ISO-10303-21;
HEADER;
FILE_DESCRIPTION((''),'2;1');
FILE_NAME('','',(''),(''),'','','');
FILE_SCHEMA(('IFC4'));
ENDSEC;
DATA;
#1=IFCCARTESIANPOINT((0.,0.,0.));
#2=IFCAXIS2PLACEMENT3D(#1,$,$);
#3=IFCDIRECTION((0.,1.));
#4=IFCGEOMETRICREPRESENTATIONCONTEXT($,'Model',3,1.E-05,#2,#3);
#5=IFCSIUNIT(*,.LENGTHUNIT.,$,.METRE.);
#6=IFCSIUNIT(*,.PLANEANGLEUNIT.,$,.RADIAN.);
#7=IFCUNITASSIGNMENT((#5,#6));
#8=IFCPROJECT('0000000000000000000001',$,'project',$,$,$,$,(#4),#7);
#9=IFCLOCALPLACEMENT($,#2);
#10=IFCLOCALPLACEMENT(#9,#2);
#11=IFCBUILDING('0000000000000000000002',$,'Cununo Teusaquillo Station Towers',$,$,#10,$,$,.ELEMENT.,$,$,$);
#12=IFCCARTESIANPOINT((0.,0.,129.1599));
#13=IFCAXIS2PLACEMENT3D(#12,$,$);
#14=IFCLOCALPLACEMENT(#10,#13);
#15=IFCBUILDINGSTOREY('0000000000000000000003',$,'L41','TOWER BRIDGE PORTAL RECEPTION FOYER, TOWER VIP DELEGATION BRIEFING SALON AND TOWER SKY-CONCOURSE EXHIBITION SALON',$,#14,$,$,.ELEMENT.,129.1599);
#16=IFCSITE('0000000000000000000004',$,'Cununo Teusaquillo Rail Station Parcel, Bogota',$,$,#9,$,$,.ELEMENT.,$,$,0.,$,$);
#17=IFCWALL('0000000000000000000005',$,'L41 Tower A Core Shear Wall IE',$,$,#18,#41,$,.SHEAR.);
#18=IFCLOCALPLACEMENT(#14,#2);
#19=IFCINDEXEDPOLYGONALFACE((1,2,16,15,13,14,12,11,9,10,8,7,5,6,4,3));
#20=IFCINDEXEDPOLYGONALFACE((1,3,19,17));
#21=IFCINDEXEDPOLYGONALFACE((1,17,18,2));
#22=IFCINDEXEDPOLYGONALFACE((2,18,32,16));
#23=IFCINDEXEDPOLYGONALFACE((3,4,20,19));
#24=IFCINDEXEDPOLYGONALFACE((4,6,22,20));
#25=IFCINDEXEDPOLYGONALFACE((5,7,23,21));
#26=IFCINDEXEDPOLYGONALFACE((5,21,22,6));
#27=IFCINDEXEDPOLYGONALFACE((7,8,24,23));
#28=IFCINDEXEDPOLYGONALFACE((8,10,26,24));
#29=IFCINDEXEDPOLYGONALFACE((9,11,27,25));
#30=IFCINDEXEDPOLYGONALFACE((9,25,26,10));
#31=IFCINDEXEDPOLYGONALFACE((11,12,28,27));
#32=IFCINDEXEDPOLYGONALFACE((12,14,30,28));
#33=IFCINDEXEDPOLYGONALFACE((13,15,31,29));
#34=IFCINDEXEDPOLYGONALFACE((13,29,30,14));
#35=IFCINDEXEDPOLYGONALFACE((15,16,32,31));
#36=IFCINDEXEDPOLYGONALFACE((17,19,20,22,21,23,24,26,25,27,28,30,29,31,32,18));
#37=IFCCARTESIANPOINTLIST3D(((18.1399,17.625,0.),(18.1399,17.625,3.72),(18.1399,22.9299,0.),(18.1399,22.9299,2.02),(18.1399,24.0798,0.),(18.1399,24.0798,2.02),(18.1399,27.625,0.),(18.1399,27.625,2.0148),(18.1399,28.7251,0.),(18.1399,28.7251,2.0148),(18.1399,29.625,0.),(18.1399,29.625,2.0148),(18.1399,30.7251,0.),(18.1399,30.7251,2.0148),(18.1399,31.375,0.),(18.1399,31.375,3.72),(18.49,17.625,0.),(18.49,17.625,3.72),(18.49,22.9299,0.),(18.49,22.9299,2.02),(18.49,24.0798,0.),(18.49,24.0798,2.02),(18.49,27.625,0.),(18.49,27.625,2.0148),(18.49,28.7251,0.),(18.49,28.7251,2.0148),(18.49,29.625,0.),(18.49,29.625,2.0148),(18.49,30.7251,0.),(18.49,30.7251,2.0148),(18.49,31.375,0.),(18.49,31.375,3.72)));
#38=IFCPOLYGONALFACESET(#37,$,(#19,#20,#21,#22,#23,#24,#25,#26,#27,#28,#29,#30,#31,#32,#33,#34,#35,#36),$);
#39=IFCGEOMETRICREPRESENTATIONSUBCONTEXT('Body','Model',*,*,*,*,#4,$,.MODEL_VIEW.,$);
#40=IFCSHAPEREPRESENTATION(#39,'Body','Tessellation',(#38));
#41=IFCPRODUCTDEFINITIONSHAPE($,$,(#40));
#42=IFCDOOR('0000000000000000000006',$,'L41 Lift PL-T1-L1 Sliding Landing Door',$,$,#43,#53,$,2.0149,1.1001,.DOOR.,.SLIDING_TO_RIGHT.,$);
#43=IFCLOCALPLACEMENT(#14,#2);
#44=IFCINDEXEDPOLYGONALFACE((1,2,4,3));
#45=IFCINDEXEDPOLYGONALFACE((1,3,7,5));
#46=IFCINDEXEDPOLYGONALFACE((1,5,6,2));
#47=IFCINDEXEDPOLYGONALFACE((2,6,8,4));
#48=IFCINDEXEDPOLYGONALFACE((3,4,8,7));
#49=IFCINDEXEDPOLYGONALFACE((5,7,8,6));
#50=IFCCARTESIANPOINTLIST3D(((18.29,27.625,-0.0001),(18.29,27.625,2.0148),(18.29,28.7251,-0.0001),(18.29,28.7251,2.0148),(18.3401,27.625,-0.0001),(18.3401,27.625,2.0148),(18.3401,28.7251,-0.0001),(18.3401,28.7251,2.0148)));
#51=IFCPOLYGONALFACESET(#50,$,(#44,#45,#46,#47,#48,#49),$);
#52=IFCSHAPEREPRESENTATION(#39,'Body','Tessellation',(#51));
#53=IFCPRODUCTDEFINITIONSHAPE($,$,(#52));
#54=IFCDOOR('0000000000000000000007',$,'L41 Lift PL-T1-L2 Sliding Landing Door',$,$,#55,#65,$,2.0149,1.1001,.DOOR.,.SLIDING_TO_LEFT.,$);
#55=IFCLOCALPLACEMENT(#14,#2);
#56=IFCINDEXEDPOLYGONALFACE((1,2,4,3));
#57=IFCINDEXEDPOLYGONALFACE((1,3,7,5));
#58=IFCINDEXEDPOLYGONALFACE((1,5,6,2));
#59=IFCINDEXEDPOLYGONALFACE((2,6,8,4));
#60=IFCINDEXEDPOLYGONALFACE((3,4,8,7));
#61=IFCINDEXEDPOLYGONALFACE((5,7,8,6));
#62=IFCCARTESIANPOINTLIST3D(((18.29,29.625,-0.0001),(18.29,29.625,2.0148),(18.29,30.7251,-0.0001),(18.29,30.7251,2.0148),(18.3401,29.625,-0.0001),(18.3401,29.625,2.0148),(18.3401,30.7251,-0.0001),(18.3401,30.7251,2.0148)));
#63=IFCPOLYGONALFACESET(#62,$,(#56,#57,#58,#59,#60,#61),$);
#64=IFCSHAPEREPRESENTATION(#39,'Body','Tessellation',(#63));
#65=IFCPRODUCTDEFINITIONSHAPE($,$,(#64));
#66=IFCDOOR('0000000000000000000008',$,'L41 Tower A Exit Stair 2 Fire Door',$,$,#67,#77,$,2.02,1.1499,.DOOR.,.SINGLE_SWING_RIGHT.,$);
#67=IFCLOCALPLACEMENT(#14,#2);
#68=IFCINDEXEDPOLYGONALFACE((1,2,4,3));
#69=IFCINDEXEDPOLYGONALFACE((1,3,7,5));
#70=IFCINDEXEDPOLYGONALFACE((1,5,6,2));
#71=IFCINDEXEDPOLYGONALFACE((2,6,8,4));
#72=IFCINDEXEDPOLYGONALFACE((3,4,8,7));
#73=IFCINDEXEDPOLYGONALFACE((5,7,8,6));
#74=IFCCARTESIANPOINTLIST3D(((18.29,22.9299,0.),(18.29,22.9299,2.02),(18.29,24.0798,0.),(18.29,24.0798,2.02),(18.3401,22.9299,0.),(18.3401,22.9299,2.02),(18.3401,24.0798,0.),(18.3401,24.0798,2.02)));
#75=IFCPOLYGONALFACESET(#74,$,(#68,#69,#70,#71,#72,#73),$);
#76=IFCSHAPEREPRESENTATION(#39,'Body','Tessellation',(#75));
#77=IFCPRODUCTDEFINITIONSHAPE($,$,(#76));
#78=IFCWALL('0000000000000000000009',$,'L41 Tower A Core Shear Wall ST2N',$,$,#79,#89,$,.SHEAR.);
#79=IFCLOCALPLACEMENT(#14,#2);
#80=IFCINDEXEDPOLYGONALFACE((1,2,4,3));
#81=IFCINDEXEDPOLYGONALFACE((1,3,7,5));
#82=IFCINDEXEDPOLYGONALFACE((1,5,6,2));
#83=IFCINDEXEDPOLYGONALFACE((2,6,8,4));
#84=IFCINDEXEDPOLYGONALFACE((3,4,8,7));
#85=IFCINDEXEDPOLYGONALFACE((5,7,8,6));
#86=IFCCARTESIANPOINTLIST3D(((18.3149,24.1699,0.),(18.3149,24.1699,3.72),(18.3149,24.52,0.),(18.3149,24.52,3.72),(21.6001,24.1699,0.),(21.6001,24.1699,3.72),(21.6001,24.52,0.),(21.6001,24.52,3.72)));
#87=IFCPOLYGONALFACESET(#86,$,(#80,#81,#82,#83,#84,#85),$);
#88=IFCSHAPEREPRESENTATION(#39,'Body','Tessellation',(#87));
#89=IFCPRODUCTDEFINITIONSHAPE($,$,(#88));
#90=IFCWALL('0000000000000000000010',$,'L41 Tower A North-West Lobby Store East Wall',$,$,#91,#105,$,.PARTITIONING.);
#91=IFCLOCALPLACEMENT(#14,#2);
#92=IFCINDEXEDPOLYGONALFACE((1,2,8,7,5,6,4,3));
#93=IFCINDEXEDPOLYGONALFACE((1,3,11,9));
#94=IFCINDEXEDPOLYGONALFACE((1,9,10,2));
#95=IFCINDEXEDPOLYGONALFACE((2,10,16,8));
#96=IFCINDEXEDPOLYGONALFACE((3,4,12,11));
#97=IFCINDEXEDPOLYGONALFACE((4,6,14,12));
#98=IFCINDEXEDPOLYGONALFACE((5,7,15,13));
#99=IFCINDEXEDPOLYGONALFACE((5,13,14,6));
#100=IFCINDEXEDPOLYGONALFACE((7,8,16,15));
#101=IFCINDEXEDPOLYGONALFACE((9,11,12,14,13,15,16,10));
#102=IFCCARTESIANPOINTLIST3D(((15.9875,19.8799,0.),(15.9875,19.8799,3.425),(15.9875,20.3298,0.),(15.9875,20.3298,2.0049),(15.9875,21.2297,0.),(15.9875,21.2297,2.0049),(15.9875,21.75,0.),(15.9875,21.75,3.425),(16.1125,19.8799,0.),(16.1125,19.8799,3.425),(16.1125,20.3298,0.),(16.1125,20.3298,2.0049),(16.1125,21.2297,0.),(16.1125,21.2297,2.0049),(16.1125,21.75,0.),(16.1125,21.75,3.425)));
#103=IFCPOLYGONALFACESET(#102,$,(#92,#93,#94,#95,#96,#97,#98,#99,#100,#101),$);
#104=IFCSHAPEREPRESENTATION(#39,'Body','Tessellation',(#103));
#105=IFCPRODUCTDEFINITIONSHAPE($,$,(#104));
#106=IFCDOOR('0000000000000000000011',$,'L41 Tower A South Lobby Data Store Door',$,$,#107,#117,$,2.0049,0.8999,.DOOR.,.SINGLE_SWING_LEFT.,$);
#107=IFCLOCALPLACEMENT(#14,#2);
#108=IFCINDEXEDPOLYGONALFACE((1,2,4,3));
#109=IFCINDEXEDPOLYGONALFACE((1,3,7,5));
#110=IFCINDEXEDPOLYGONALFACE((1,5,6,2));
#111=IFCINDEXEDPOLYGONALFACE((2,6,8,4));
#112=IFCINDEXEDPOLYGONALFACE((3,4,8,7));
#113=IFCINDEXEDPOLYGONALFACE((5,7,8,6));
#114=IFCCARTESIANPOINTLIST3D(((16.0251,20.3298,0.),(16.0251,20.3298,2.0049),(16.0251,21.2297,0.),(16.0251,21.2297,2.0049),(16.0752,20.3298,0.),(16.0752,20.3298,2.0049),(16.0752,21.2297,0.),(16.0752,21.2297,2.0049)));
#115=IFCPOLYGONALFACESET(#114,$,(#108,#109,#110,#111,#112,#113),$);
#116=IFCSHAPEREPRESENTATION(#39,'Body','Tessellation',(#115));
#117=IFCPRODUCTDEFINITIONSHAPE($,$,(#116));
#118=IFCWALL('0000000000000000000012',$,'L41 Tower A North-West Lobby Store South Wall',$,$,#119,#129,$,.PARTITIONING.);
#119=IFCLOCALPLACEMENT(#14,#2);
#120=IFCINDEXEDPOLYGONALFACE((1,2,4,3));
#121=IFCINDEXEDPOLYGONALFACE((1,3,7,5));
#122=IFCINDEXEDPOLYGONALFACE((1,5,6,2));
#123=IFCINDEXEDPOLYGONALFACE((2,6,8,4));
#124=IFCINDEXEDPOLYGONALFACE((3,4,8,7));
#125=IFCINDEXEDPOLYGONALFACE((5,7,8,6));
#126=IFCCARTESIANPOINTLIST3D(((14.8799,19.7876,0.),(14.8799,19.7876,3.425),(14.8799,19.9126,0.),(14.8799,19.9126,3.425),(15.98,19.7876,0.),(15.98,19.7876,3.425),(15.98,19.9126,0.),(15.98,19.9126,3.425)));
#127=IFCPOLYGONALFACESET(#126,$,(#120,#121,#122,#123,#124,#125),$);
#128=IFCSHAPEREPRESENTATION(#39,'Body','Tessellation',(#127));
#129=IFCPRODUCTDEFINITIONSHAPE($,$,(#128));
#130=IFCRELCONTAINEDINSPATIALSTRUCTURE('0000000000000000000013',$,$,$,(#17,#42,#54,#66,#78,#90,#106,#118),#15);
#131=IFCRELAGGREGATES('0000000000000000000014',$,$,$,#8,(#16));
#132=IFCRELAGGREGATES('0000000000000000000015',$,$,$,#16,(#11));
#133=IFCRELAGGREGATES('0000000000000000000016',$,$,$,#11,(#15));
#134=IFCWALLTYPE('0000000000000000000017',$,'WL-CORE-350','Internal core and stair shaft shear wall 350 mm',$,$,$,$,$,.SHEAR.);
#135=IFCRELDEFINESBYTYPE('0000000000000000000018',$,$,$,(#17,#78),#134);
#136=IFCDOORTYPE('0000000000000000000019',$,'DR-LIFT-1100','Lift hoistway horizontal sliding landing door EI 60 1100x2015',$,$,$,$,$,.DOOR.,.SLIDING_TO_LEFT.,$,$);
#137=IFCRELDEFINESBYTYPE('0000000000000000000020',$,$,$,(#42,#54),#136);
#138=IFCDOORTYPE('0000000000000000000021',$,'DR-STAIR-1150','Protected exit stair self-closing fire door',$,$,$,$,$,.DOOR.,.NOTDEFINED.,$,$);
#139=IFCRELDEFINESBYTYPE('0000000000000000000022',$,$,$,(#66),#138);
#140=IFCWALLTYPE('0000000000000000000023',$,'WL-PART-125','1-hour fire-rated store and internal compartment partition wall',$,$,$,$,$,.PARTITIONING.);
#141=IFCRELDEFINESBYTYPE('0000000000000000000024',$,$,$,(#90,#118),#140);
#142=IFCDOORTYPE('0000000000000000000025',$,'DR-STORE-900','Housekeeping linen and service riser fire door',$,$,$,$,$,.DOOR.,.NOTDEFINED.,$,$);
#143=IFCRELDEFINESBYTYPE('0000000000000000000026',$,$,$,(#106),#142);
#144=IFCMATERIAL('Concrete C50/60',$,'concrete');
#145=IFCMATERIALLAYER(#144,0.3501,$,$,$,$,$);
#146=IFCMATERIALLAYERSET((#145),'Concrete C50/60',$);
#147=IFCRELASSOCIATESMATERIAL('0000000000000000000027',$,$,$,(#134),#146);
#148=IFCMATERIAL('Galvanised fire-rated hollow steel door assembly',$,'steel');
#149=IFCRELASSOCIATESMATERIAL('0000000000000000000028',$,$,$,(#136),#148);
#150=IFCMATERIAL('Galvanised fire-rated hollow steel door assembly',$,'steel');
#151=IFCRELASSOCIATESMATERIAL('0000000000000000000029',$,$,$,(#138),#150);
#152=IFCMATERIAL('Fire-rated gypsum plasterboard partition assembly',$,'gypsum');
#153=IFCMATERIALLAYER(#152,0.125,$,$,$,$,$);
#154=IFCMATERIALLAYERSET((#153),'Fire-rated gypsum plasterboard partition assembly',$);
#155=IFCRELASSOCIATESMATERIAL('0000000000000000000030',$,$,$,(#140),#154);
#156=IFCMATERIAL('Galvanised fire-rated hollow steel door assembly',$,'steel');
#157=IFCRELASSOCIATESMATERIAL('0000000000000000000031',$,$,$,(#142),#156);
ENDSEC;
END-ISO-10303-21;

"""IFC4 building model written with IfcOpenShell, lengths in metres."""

from ifc_helpers import new_model, si_unit, direction, frame, frame_2d, origin, place, context, subcontext, project, spatial, rectangle, extrude, source, transform, mapped, material, layer, layer_set, type_object, element, fill, save


model = new_model("IFC4")

# Units and contexts
model_context = context("Model", 3, precision=1e-05, world=origin(), true_north=direction((0.0, 1.0)))
body_context = subcontext(model_context, "Body", "Model", "MODEL_VIEW")
ifc_project = project(units=[si_unit("LENGTHUNIT", "METRE"), si_unit("PLANEANGLEUNIT", "RADIAN")], contexts=[model_context])

# Site, building, storey
site_placement = place(None, origin())
site = spatial("IfcSite", under=ifc_project, at=site_placement, Name="Cununo Teusaquillo Rail Station Parcel, Bogota", CompositionType="ELEMENT", RefElevation=0.0)
building_placement = place(site_placement, origin())
building = spatial("IfcBuilding", under=site, at=building_placement, Name="Cununo Teusaquillo Station Towers", CompositionType="ELEMENT")
storey_placement = place(building_placement, frame((0.0, 0.0, 129.1599)))
storey = spatial("IfcBuildingStorey", under=building, at=storey_placement, Name="L41", Description="TOWER BRIDGE PORTAL RECEPTION FOYER, TOWER VIP DELEGATION BRIEFING SALON AND TOWER SKY-CONCOURSE EXHIBITION SALON", CompositionType="ELEMENT", Elevation=129.1599)

# Wall, openings, doors
ifc_material_1 = material(Name="Concrete C50/60", Category="concrete")
ifc_layer_1 = layer(ifc_material_1, 0.3501)
ifc_layer_set_1 = layer_set([ifc_layer_1], Name="Concrete C50/60")
wall_type_1 = type_object("IfcWallType", Name="WL-CORE-350", Description="Internal core and stair shaft shear wall 350 mm", PredefinedType="SHEAR", material=ifc_layer_set_1)
wall_1_placement = place(storey_placement, frame((18.3149, 17.625, 0.0), z_axis=(0.0, 0.0, 1.0), x_axis=(0.0, 1.0, 0.0)))
wall_1 = element("IfcWall", 1, at=wall_1_placement, inside=storey, type_object=wall_type_1, Name="L41 Tower A Core Shear Wall IE", PredefinedType="SHEAR", context=body_context, shape_type="SweptSolid", body=[
    extrude(rectangle(XDim=13.75, YDim=0.3501, at=frame_2d((6.875, 0.0))), origin(), (0.0, 0.0, 1.0), 3.72),
])
shared_shape_1 = source(origin(), body_context, "Body", "SweptSolid", [
    extrude(rectangle(XDim=1.1001, YDim=2.0149, at=frame_2d((0.55, 1.0073))), frame((0.0, 0.1851, 0.0), z_axis=(0.0, -1.0, 0.0), x_axis=(1.0, 0.0, 0.0)), (0.0, 0.0, 1.0), 0.3701),
])
opening_1_placement = place(wall_1_placement, frame((10.0, 0.0, 0.0)))
opening_1 = element("IfcOpeningElement", 2, at=opening_1_placement, cuts=wall_1, PredefinedType="OPENING", context=body_context, shape_type="MappedRepresentation", body=[
    mapped(shared_shape_1, transform((0.0, 0.0, 0.0), x_axis=(1.0, 0.0, 0.0), y_axis=(0.0, 1.0, 0.0), z_axis=(0.0, 0.0, 1.0), scale=1.0)),
])
opening_2_placement = place(wall_1_placement, frame((12.0, 0.0, 0.0)))
opening_2 = element("IfcOpeningElement", 3, at=opening_2_placement, cuts=wall_1, PredefinedType="OPENING", context=body_context, shape_type="MappedRepresentation", body=[
    mapped(shared_shape_1, transform((0.0, 0.0, 0.0), x_axis=(1.0, 0.0, 0.0), y_axis=(0.0, 1.0, 0.0), z_axis=(0.0, 0.0, 1.0), scale=1.0)),
])
shared_shape_2 = source(origin(), body_context, "Body", "SweptSolid", [
    extrude(rectangle(XDim=1.1499, YDim=2.02, at=frame_2d((0.575, 1.01))), frame((0.0, 0.1851, 0.0), z_axis=(0.0, -1.0, 0.0), x_axis=(1.0, 0.0, 0.0)), (0.0, 0.0, 1.0), 0.3701),
])
opening_3_placement = place(wall_1_placement, frame((5.3049, 0.0, 0.0)))
opening_3 = element("IfcOpeningElement", 4, at=opening_3_placement, cuts=wall_1, PredefinedType="OPENING", context=body_context, shape_type="MappedRepresentation", body=[
    mapped(shared_shape_2, transform((0.0, 0.0, 0.0), x_axis=(1.0, 0.0, 0.0), y_axis=(0.0, 1.0, 0.0), z_axis=(0.0, 0.0, 1.0), scale=1.0)),
])
ifc_material_2 = material(Name="Galvanised fire-rated hollow steel door assembly", Category="steel")
door_type_1 = type_object("IfcDoorType", Name="DR-LIFT-1100", Description="Lift hoistway horizontal sliding landing door EI 60 1100x2015", OperationType="SLIDING_TO_LEFT", PredefinedType="DOOR", material=ifc_material_2)
shared_shape_3 = source(origin(), body_context, "Body", "SweptSolid", [
    extrude(rectangle(XDim=1.1001, YDim=2.0149, at=frame_2d((0.55, 1.0073))), frame((0.0, 0.0249, 0.0), z_axis=(0.0, -1.0, 0.0), x_axis=(1.0, 0.0, 0.0)), (0.0, 0.0, 1.0), 0.05),
])
door_1_placement = place(opening_1_placement, origin())
door_1 = element("IfcDoor", 5, at=door_1_placement, inside=storey, type_object=door_type_1, Name="L41 Lift PL-T1-L1 Sliding Landing Door", OperationType="SLIDING_TO_RIGHT", OverallHeight=2.0149, OverallWidth=1.1001, PredefinedType="DOOR", context=body_context, shape_type="MappedRepresentation", body=[
    mapped(shared_shape_3, transform((0.0, 0.0, 0.0), x_axis=(1.0, 0.0, 0.0), y_axis=(0.0, 1.0, 0.0), z_axis=(0.0, 0.0, 1.0), scale=1.0)),
])
fill(opening_1, door_1)
door_2_placement = place(opening_2_placement, origin())
door_2 = element("IfcDoor", 6, at=door_2_placement, inside=storey, type_object=door_type_1, Name="L41 Lift PL-T1-L2 Sliding Landing Door", OperationType="SLIDING_TO_LEFT", OverallHeight=2.0149, OverallWidth=1.1001, PredefinedType="DOOR", context=body_context, shape_type="MappedRepresentation", body=[
    mapped(shared_shape_3, transform((0.0, 0.0, 0.0), x_axis=(1.0, 0.0, 0.0), y_axis=(0.0, 1.0, 0.0), z_axis=(0.0, 0.0, 1.0), scale=1.0)),
])
fill(opening_2, door_2)
ifc_material_3 = material(Name="Galvanised fire-rated hollow steel door assembly", Category="steel")
door_type_2 = type_object("IfcDoorType", Name="DR-STAIR-1150", Description="Protected exit stair self-closing fire door", OperationType="NOTDEFINED", PredefinedType="DOOR", material=ifc_material_3)
shared_shape_4 = source(origin(), body_context, "Body", "SweptSolid", [
    extrude(rectangle(XDim=1.1499, YDim=2.02, at=frame_2d((0.575, 1.01))), frame((0.0, 0.0249, 0.0), z_axis=(0.0, -1.0, 0.0), x_axis=(1.0, 0.0, 0.0)), (0.0, 0.0, 1.0), 0.05),
])
door_3_placement = place(opening_3_placement, origin())
door_3 = element("IfcDoor", 7, at=door_3_placement, inside=storey, type_object=door_type_2, Name="L41 Tower A Exit Stair 2 Fire Door", OperationType="SINGLE_SWING_RIGHT", OverallHeight=2.02, OverallWidth=1.1499, PredefinedType="DOOR", context=body_context, shape_type="MappedRepresentation", body=[
    mapped(shared_shape_4, transform((0.0, 0.0, 0.0), x_axis=(1.0, 0.0, 0.0), y_axis=(0.0, 1.0, 0.0), z_axis=(0.0, 0.0, 1.0), scale=1.0)),
])
fill(opening_3, door_3)

# Wall
wall_2_placement = place(storey_placement, frame((18.3149, 24.345, 0.0), z_axis=(0.0, 0.0, 1.0), x_axis=(1.0, 0.0, 0.0)))
element("IfcWall", 8, at=wall_2_placement, inside=storey, type_object=wall_type_1, Name="L41 Tower A Core Shear Wall ST2N", PredefinedType="SHEAR", context=body_context, shape_type="SweptSolid", body=[
    extrude(rectangle(XDim=3.2852, YDim=0.3501, at=frame_2d((1.6426, 0.0))), origin(), (0.0, 0.0, 1.0), 3.72),
])

# Wall, opening, door
ifc_material_4 = material(Name="Fire-rated gypsum plasterboard partition assembly", Category="gypsum")
ifc_layer_2 = layer(ifc_material_4, 0.125)
ifc_layer_set_2 = layer_set([ifc_layer_2], Name="Fire-rated gypsum plasterboard partition assembly")
wall_type_2 = type_object("IfcWallType", Name="WL-PART-125", Description="1-hour fire-rated store and internal compartment partition wall", PredefinedType="PARTITIONING", material=ifc_layer_set_2)
wall_3_placement = place(storey_placement, frame((16.05, 19.8799, 0.0), z_axis=(0.0, 0.0, 1.0), x_axis=(0.0, 1.0, 0.0)))
wall_3 = element("IfcWall", 9, at=wall_3_placement, inside=storey, type_object=wall_type_2, Name="L41 Tower A North-West Lobby Store East Wall", PredefinedType="PARTITIONING", context=body_context, shape_type="SweptSolid", body=[
    extrude(rectangle(XDim=1.8701, YDim=0.125, at=frame_2d((0.9351, 0.0))), origin(), (0.0, 0.0, 1.0), 3.425),
])
shared_shape_5 = source(origin(), body_context, "Body", "SweptSolid", [
    extrude(rectangle(XDim=0.8999, YDim=2.0049, at=frame_2d((0.45, 1.0024))), frame((0.0, 0.0725, 0.0), z_axis=(0.0, -1.0, 0.0), x_axis=(1.0, 0.0, 0.0)), (0.0, 0.0, 1.0), 0.145),
])
opening_4_placement = place(wall_3_placement, frame((0.45, 0.0, 0.0)))
opening_4 = element("IfcOpeningElement", 10, at=opening_4_placement, cuts=wall_3, PredefinedType="OPENING", context=body_context, shape_type="MappedRepresentation", body=[
    mapped(shared_shape_5, transform((0.0, 0.0, 0.0), x_axis=(1.0, 0.0, 0.0), y_axis=(0.0, 1.0, 0.0), z_axis=(0.0, 0.0, 1.0), scale=1.0)),
])
ifc_material_5 = material(Name="Galvanised fire-rated hollow steel door assembly", Category="steel")
door_type_3 = type_object("IfcDoorType", Name="DR-STORE-900", Description="Housekeeping linen and service riser fire door", OperationType="NOTDEFINED", PredefinedType="DOOR", material=ifc_material_5)
shared_shape_6 = source(origin(), body_context, "Body", "SweptSolid", [
    extrude(rectangle(XDim=0.8999, YDim=2.0049, at=frame_2d((0.45, 1.0024))), frame((0.0, 0.0249, 0.0), z_axis=(0.0, -1.0, 0.0), x_axis=(1.0, 0.0, 0.0)), (0.0, 0.0, 1.0), 0.05),
])
door_4_placement = place(opening_4_placement, origin())
door_4 = element("IfcDoor", 11, at=door_4_placement, inside=storey, type_object=door_type_3, Name="L41 Tower A South Lobby Data Store Door", OperationType="SINGLE_SWING_LEFT", OverallHeight=2.0049, OverallWidth=0.8999, PredefinedType="DOOR", context=body_context, shape_type="MappedRepresentation", body=[
    mapped(shared_shape_6, transform((0.0, 0.0, 0.0), x_axis=(1.0, 0.0, 0.0), y_axis=(0.0, 1.0, 0.0), z_axis=(0.0, 0.0, 1.0), scale=1.0)),
])
fill(opening_4, door_4)

# Wall
wall_4_placement = place(storey_placement, frame((14.8799, 19.8501, 0.0), z_axis=(0.0, 0.0, 1.0), x_axis=(1.0, 0.0, 0.0)))
element("IfcWall", 12, at=wall_4_placement, inside=storey, type_object=wall_type_2, Name="L41 Tower A North-West Lobby Store South Wall", PredefinedType="PARTITIONING", context=body_context, shape_type="SweptSolid", body=[
    extrude(rectangle(XDim=1.1001, YDim=0.125, at=frame_2d((0.55, 0.0))), origin(), (0.0, 0.0, 1.0), 3.425),
])

save(model, "model.ifc")
